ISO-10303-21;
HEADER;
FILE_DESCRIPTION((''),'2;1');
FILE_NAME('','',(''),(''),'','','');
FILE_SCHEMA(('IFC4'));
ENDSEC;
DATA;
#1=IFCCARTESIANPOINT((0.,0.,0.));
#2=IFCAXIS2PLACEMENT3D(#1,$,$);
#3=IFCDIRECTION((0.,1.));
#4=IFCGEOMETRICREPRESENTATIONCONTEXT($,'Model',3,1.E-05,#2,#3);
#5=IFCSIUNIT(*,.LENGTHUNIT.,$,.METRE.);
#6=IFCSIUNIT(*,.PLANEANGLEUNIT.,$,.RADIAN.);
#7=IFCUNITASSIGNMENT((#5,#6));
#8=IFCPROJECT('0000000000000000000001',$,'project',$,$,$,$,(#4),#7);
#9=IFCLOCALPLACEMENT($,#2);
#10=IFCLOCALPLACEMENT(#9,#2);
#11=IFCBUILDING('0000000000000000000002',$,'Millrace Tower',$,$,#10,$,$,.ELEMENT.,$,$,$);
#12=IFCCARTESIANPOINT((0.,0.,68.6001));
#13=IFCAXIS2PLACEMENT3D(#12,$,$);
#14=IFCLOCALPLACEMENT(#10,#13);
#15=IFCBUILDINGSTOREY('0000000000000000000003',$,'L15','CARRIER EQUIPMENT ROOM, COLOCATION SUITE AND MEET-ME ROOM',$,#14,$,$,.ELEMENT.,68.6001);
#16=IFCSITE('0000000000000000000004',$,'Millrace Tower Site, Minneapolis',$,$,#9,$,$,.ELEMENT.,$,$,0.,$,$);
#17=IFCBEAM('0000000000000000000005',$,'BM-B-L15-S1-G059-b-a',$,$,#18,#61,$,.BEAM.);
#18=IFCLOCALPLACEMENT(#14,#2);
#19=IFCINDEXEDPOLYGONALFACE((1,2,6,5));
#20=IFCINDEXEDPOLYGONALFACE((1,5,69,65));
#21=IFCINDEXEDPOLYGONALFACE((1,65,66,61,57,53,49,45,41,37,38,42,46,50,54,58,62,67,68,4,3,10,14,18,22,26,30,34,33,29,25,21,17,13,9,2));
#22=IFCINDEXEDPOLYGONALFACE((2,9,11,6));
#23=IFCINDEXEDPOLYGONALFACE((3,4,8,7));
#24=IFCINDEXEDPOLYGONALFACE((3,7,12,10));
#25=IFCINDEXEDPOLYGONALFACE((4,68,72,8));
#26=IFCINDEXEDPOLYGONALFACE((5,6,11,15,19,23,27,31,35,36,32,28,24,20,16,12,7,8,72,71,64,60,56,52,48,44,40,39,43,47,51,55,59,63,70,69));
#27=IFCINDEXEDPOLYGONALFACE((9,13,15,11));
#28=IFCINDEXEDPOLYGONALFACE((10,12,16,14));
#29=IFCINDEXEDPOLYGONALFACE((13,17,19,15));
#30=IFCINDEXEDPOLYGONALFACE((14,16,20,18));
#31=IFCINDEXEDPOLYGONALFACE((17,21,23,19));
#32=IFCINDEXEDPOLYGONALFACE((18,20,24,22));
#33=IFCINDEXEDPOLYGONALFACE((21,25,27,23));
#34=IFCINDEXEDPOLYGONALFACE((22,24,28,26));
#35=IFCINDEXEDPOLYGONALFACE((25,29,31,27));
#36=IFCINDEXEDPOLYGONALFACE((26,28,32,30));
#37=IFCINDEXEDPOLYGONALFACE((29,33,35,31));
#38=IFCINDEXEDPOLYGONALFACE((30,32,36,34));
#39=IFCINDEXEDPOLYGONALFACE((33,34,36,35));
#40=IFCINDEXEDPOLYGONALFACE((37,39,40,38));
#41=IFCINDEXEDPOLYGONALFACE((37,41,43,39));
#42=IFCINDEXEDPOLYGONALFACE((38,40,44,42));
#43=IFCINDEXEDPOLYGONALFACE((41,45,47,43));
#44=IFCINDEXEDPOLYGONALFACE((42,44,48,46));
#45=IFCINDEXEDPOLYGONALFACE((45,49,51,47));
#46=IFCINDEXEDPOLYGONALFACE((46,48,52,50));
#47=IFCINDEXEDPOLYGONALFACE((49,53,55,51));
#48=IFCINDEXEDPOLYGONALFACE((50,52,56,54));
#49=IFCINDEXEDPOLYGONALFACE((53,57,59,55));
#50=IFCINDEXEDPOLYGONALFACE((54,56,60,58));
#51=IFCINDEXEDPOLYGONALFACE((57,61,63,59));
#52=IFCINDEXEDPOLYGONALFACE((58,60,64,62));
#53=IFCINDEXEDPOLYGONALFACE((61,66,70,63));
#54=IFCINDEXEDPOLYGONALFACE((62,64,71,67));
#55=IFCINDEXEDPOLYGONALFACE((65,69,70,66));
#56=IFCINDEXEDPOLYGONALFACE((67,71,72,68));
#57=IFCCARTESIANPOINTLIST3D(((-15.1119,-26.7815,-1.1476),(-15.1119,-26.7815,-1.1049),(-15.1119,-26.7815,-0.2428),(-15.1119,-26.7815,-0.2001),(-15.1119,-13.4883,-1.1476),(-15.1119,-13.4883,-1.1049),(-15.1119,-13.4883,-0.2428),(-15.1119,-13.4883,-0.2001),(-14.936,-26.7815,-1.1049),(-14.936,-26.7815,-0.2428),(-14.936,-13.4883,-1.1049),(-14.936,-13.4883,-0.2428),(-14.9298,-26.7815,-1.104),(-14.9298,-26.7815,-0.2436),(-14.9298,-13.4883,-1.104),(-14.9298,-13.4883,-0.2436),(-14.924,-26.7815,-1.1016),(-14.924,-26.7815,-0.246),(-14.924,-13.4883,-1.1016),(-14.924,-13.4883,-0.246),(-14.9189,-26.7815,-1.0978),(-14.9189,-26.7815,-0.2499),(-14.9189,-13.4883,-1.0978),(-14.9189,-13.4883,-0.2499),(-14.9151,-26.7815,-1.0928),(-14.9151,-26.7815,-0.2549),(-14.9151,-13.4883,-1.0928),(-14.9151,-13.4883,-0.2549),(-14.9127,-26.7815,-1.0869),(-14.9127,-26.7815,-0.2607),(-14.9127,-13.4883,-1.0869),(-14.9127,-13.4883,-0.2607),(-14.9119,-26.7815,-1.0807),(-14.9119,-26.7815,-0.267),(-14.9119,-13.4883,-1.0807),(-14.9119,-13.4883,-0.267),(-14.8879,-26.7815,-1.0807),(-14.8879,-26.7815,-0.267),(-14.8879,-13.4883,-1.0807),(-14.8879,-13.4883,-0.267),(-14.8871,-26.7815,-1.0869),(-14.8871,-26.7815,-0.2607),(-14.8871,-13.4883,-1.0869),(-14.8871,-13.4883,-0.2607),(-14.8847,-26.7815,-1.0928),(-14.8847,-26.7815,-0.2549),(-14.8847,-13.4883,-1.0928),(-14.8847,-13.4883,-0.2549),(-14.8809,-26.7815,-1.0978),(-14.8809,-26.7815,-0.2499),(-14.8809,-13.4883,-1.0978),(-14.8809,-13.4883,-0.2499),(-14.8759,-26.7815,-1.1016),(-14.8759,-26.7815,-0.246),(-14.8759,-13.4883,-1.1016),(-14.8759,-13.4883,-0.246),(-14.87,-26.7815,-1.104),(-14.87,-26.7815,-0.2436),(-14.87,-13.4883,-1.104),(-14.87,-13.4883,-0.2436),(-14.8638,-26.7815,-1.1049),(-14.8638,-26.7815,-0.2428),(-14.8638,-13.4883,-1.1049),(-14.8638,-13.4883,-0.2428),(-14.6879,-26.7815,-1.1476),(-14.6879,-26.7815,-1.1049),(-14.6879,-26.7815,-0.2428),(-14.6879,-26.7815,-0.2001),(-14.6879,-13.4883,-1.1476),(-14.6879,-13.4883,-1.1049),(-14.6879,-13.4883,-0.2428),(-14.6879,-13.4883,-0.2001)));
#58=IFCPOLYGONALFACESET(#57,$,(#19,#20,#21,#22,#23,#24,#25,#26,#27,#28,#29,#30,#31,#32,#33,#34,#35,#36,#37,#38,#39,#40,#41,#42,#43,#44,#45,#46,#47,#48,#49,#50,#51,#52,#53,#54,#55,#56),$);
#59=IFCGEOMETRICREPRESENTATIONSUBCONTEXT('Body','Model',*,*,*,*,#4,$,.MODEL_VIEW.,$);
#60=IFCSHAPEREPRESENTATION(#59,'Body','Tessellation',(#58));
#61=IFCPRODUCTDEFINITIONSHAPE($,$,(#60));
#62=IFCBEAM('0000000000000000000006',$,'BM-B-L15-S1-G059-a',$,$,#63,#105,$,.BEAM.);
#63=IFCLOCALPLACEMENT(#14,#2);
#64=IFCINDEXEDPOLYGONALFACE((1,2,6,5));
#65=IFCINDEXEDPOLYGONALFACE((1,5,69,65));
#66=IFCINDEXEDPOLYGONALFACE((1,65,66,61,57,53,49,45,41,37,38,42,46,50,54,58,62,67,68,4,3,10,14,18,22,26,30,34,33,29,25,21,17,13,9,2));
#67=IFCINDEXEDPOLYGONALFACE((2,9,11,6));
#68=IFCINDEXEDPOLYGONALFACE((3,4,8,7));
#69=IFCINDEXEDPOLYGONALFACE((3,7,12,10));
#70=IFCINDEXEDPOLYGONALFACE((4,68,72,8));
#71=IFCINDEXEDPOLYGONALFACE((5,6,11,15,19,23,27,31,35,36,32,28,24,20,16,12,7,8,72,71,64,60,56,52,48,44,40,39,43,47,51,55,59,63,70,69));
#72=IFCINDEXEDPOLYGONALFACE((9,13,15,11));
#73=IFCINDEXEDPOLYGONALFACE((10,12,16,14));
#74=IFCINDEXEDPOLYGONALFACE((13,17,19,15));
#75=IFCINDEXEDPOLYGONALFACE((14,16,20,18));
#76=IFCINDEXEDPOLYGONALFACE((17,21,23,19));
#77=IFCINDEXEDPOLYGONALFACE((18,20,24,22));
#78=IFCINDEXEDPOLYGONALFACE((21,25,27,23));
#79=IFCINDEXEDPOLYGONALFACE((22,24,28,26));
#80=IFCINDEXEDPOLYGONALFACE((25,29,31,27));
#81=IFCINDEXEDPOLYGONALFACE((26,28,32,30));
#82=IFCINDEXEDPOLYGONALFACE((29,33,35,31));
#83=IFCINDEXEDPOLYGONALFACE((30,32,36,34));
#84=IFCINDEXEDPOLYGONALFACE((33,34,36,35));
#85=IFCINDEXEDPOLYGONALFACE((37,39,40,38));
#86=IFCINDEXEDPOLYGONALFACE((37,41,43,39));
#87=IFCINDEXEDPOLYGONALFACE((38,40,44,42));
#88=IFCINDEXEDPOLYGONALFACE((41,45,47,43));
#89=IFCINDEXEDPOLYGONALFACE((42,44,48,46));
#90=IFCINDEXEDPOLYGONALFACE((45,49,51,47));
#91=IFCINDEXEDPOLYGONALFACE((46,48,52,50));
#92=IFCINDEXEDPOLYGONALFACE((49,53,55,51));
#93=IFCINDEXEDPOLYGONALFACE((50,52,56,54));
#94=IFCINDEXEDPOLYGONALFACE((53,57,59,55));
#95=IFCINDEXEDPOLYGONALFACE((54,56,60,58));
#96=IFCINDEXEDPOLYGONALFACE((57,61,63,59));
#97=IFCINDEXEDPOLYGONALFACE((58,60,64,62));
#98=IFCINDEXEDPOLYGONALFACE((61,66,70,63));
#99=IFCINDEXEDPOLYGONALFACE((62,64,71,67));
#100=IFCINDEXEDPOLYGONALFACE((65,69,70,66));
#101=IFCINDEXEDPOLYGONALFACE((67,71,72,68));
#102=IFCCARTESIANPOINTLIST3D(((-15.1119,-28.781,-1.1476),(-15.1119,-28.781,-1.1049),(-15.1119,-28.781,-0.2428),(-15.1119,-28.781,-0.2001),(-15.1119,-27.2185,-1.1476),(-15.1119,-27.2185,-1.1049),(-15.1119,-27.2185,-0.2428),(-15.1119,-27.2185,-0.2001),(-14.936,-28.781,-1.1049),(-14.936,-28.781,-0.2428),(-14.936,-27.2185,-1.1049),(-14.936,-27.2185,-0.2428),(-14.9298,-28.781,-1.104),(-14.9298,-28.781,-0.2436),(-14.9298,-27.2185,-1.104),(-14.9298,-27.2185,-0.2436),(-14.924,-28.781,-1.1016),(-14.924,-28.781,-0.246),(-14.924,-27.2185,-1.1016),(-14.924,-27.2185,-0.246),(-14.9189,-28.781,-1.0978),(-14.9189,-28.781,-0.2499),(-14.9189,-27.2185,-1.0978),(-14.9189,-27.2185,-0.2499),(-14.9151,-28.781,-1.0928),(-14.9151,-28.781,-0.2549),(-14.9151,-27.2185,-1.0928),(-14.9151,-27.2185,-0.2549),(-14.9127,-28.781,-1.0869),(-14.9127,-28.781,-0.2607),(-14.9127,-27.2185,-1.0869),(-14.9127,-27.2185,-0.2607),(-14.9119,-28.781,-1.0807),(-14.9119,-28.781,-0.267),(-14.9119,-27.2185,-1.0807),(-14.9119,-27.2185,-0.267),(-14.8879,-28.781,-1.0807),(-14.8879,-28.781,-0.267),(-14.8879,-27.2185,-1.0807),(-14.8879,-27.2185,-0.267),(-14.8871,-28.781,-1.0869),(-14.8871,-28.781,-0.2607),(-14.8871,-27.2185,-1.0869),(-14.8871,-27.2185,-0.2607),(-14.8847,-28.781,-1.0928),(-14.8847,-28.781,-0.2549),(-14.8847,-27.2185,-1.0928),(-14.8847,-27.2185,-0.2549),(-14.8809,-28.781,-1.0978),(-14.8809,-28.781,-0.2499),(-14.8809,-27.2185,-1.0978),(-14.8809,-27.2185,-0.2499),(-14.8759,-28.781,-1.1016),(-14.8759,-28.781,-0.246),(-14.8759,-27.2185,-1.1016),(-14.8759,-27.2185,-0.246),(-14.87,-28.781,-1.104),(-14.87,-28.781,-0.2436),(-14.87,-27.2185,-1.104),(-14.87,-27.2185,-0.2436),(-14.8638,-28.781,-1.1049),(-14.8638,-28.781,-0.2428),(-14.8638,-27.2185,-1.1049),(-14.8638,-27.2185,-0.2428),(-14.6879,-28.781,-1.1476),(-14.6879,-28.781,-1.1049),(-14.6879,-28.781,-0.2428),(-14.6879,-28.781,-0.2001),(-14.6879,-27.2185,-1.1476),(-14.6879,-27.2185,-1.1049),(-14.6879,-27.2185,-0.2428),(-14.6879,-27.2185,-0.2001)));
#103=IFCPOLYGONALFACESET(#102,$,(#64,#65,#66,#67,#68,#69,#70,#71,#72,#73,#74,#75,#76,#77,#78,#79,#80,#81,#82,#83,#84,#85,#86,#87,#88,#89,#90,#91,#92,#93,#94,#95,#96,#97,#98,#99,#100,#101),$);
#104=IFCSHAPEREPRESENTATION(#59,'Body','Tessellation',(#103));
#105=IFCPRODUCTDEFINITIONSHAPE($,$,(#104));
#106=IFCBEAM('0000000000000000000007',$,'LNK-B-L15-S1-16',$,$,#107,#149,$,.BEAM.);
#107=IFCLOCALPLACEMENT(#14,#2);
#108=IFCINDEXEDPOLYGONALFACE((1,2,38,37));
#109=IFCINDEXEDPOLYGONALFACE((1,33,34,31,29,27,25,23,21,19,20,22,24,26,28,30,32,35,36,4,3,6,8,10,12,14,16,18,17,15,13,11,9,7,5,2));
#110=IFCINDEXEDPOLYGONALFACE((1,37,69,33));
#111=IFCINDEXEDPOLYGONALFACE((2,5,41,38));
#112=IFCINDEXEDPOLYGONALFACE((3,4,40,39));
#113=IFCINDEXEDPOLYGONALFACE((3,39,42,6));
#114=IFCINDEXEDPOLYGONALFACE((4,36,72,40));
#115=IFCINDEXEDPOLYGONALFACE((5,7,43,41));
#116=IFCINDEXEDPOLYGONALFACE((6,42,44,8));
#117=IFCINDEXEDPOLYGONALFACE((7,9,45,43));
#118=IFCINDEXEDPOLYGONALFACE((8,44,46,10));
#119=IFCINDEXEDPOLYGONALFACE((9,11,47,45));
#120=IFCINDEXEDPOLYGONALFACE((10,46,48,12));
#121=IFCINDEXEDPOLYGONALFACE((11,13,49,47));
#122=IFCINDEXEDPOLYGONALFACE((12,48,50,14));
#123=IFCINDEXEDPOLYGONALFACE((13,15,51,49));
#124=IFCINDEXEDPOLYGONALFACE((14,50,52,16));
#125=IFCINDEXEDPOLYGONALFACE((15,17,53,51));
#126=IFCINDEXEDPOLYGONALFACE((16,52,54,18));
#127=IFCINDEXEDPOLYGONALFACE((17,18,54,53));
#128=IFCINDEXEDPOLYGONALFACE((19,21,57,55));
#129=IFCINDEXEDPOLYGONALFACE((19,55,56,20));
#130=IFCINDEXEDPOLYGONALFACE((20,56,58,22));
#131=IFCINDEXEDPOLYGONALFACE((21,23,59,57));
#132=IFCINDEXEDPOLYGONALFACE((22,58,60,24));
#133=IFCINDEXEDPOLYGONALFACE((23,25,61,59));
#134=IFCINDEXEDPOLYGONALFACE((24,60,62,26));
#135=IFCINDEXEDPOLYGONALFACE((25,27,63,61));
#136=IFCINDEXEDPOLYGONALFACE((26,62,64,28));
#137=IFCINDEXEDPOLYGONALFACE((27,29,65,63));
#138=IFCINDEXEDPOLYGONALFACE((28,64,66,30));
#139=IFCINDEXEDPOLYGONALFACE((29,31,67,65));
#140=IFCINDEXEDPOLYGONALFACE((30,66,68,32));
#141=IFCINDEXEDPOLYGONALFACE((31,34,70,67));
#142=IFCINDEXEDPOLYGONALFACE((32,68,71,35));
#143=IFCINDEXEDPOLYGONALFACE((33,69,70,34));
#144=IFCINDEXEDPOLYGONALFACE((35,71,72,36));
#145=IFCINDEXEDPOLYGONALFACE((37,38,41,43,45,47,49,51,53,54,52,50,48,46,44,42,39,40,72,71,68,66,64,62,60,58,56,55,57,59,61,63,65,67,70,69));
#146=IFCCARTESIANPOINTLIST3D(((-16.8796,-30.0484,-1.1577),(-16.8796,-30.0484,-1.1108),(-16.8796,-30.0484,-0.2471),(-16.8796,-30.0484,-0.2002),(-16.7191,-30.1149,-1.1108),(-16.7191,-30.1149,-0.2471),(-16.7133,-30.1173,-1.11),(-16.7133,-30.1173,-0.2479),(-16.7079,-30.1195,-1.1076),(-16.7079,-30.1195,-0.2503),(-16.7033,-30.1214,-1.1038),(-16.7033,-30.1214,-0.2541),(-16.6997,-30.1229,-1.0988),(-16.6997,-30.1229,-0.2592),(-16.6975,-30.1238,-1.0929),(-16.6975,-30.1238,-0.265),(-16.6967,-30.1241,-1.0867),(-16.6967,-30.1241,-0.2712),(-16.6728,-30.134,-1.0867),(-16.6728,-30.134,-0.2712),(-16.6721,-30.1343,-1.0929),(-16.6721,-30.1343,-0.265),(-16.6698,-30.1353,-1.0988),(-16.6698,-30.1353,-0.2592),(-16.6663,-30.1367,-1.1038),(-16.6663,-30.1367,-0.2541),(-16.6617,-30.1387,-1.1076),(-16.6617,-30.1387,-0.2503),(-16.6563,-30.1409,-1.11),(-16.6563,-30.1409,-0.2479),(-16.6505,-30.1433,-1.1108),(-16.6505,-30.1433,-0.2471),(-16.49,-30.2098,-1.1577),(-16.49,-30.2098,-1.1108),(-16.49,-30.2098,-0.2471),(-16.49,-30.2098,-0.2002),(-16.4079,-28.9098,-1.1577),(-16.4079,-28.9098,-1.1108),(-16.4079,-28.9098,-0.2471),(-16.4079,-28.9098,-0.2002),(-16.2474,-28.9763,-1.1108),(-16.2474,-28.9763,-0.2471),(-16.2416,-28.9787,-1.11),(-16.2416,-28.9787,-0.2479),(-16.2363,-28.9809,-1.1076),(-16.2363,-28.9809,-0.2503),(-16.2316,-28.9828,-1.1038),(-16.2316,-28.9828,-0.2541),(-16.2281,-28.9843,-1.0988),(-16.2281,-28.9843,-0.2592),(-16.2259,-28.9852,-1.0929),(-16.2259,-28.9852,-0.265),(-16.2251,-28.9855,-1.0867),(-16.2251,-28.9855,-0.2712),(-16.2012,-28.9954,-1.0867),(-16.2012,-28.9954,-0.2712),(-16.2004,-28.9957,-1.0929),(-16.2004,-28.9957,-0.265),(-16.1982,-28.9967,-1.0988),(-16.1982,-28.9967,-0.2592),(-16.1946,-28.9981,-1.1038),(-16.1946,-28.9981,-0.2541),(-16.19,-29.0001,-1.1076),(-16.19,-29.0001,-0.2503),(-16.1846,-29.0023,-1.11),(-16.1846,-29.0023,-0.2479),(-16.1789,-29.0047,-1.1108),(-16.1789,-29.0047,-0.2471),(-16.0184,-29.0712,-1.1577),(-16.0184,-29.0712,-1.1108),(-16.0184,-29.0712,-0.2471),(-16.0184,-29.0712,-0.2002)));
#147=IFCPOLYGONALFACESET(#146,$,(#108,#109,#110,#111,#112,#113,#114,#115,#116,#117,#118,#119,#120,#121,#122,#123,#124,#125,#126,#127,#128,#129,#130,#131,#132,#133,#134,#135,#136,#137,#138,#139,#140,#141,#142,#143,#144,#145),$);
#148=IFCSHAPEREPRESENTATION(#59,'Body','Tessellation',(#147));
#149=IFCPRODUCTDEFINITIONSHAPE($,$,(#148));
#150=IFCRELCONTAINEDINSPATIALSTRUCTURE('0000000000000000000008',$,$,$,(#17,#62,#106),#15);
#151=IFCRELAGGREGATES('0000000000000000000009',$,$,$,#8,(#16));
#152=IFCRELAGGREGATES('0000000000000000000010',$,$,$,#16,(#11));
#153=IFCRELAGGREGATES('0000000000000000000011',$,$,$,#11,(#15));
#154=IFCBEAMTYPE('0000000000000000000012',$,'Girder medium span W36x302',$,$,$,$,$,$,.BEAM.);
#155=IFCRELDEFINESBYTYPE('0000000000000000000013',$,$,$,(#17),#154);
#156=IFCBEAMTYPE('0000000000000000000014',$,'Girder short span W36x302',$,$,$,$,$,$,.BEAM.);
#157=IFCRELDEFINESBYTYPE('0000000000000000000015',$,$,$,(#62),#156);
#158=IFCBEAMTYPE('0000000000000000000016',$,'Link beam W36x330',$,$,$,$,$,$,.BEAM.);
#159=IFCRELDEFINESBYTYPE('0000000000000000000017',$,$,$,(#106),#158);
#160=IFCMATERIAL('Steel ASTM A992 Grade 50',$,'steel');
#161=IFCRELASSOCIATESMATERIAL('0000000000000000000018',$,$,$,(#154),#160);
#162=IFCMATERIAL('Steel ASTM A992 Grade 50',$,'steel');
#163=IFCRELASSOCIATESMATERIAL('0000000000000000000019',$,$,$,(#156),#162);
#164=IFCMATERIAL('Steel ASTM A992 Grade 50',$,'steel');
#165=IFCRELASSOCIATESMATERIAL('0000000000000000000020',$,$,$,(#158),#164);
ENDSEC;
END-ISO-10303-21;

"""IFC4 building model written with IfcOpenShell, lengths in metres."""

from ifc_helpers import new_model, si_unit, direction, frame, origin, origin_2d, place, context, subcontext, project, spatial, i_section, extrude, material, material_profile, profile_set, type_object, element, save


model = new_model("IFC4")

# Units and contexts
model_context = context("Model", 3, precision=1e-05, world=origin(), true_north=direction((0.0, 1.0)))
body_context = subcontext(model_context, "Body", "Model", "MODEL_VIEW")
ifc_project = project(units=[si_unit("LENGTHUNIT", "METRE"), si_unit("PLANEANGLEUNIT", "RADIAN")], contexts=[model_context])

# Site, building, storey
site_placement = place(None, origin())
site = spatial("IfcSite", under=ifc_project, at=site_placement, Name="Millrace Tower Site, Minneapolis", CompositionType="ELEMENT", RefElevation=0.0)
building_placement = place(site_placement, origin())
building = spatial("IfcBuilding", under=site, at=building_placement, Name="Millrace Tower", CompositionType="ELEMENT")
storey_placement = place(building_placement, frame((0.0, 0.0, 68.6001)))
storey = spatial("IfcBuildingStorey", under=building, at=storey_placement, Name="L15", Description="CARRIER EQUIPMENT ROOM, COLOCATION SUITE AND MEET-ME ROOM", CompositionType="ELEMENT", Elevation=68.6001)

# Beams
ifc_material_1 = material(Name="Steel ASTM A992 Grade 50", Category="steel")
ifc_material_profile_1 = material_profile(ifc_material_1, i_section(OverallWidth=0.4241, OverallDepth=0.9475, WebThickness=0.0239, FlangeThickness=0.0427, FilletRadius=0.0242, at=origin_2d()))
ifc_profile_set_1 = profile_set([ifc_material_profile_1], Name="Steel ASTM A992 Grade 50")
beam_type_1 = type_object("IfcBeamType", Name="Girder medium span W36x302", PredefinedType="BEAM", material=ifc_profile_set_1)
beam_1_placement = place(storey_placement, frame((-14.8999, -26.7815, -0.6738), z_axis=(0.0, 1.0, 0.0), x_axis=(-1.0, 0.0, 0.0)))
element("IfcBeam", 1, at=beam_1_placement, inside=storey, type_object=beam_type_1, Name="BM-B-L15-S1-G059-b-a", PredefinedType="BEAM", context=body_context, shape_type="SweptSolid", body=[
    extrude(i_section(OverallWidth=0.4241, OverallDepth=0.9475, WebThickness=0.0239, FlangeThickness=0.0427, FilletRadius=0.0242, at=origin_2d()), origin(), (0.0, 0.0, 1.0), 13.2932),
])
ifc_material_2 = material(Name="Steel ASTM A992 Grade 50", Category="steel")
ifc_material_profile_2 = material_profile(ifc_material_2, i_section(OverallWidth=0.4241, OverallDepth=0.9475, WebThickness=0.0239, FlangeThickness=0.0427, FilletRadius=0.0242, at=origin_2d()))
ifc_profile_set_2 = profile_set([ifc_material_profile_2], Name="Steel ASTM A992 Grade 50")
beam_type_2 = type_object("IfcBeamType", Name="Girder short span W36x302", PredefinedType="BEAM", material=ifc_profile_set_2)
beam_2_placement = place(storey_placement, frame((-14.8999, -28.781, -0.6738), z_axis=(0.0, 1.0, 0.0), x_axis=(-1.0, 0.0, 0.0)))
element("IfcBeam", 2, at=beam_2_placement, inside=storey, type_object=beam_type_2, Name="BM-B-L15-S1-G059-a", PredefinedType="BEAM", context=body_context, shape_type="SweptSolid", body=[
    extrude(i_section(OverallWidth=0.4241, OverallDepth=0.9475, WebThickness=0.0239, FlangeThickness=0.0427, FilletRadius=0.0242, at=origin_2d()), origin(), (0.0, 0.0, 1.0), 1.5625),
])
ifc_material_3 = material(Name="Steel ASTM A992 Grade 50", Category="steel")
ifc_material_profile_3 = material_profile(ifc_material_3, i_section(OverallWidth=0.4216, OverallDepth=0.9575, WebThickness=0.0259, FlangeThickness=0.0469, FilletRadius=0.0242, at=origin_2d()))
ifc_profile_set_3 = profile_set([ifc_material_profile_3], Name="Steel ASTM A992 Grade 50")
beam_type_3 = type_object("IfcBeamType", Name="Link beam W36x330", PredefinedType="BEAM", material=ifc_profile_set_3)
beam_3_placement = place(storey_placement, frame((-16.2131, -28.9905, -0.679), z_axis=(-0.382702, -0.923872, 0.0), x_axis=(0.923872, -0.382702, 0.0)))
element("IfcBeam", 3, at=beam_3_placement, inside=storey, type_object=beam_type_3, Name="LNK-B-L15-S1-16", PredefinedType="BEAM", context=body_context, shape_type="SweptSolid", body=[
    extrude(i_section(OverallWidth=0.4216, OverallDepth=0.9575, WebThickness=0.0259, FlangeThickness=0.0469, FilletRadius=0.0242, at=origin_2d()), origin(), (0.0, 0.0, 1.0), 1.2324),
])

save(model, "model.ifc")
